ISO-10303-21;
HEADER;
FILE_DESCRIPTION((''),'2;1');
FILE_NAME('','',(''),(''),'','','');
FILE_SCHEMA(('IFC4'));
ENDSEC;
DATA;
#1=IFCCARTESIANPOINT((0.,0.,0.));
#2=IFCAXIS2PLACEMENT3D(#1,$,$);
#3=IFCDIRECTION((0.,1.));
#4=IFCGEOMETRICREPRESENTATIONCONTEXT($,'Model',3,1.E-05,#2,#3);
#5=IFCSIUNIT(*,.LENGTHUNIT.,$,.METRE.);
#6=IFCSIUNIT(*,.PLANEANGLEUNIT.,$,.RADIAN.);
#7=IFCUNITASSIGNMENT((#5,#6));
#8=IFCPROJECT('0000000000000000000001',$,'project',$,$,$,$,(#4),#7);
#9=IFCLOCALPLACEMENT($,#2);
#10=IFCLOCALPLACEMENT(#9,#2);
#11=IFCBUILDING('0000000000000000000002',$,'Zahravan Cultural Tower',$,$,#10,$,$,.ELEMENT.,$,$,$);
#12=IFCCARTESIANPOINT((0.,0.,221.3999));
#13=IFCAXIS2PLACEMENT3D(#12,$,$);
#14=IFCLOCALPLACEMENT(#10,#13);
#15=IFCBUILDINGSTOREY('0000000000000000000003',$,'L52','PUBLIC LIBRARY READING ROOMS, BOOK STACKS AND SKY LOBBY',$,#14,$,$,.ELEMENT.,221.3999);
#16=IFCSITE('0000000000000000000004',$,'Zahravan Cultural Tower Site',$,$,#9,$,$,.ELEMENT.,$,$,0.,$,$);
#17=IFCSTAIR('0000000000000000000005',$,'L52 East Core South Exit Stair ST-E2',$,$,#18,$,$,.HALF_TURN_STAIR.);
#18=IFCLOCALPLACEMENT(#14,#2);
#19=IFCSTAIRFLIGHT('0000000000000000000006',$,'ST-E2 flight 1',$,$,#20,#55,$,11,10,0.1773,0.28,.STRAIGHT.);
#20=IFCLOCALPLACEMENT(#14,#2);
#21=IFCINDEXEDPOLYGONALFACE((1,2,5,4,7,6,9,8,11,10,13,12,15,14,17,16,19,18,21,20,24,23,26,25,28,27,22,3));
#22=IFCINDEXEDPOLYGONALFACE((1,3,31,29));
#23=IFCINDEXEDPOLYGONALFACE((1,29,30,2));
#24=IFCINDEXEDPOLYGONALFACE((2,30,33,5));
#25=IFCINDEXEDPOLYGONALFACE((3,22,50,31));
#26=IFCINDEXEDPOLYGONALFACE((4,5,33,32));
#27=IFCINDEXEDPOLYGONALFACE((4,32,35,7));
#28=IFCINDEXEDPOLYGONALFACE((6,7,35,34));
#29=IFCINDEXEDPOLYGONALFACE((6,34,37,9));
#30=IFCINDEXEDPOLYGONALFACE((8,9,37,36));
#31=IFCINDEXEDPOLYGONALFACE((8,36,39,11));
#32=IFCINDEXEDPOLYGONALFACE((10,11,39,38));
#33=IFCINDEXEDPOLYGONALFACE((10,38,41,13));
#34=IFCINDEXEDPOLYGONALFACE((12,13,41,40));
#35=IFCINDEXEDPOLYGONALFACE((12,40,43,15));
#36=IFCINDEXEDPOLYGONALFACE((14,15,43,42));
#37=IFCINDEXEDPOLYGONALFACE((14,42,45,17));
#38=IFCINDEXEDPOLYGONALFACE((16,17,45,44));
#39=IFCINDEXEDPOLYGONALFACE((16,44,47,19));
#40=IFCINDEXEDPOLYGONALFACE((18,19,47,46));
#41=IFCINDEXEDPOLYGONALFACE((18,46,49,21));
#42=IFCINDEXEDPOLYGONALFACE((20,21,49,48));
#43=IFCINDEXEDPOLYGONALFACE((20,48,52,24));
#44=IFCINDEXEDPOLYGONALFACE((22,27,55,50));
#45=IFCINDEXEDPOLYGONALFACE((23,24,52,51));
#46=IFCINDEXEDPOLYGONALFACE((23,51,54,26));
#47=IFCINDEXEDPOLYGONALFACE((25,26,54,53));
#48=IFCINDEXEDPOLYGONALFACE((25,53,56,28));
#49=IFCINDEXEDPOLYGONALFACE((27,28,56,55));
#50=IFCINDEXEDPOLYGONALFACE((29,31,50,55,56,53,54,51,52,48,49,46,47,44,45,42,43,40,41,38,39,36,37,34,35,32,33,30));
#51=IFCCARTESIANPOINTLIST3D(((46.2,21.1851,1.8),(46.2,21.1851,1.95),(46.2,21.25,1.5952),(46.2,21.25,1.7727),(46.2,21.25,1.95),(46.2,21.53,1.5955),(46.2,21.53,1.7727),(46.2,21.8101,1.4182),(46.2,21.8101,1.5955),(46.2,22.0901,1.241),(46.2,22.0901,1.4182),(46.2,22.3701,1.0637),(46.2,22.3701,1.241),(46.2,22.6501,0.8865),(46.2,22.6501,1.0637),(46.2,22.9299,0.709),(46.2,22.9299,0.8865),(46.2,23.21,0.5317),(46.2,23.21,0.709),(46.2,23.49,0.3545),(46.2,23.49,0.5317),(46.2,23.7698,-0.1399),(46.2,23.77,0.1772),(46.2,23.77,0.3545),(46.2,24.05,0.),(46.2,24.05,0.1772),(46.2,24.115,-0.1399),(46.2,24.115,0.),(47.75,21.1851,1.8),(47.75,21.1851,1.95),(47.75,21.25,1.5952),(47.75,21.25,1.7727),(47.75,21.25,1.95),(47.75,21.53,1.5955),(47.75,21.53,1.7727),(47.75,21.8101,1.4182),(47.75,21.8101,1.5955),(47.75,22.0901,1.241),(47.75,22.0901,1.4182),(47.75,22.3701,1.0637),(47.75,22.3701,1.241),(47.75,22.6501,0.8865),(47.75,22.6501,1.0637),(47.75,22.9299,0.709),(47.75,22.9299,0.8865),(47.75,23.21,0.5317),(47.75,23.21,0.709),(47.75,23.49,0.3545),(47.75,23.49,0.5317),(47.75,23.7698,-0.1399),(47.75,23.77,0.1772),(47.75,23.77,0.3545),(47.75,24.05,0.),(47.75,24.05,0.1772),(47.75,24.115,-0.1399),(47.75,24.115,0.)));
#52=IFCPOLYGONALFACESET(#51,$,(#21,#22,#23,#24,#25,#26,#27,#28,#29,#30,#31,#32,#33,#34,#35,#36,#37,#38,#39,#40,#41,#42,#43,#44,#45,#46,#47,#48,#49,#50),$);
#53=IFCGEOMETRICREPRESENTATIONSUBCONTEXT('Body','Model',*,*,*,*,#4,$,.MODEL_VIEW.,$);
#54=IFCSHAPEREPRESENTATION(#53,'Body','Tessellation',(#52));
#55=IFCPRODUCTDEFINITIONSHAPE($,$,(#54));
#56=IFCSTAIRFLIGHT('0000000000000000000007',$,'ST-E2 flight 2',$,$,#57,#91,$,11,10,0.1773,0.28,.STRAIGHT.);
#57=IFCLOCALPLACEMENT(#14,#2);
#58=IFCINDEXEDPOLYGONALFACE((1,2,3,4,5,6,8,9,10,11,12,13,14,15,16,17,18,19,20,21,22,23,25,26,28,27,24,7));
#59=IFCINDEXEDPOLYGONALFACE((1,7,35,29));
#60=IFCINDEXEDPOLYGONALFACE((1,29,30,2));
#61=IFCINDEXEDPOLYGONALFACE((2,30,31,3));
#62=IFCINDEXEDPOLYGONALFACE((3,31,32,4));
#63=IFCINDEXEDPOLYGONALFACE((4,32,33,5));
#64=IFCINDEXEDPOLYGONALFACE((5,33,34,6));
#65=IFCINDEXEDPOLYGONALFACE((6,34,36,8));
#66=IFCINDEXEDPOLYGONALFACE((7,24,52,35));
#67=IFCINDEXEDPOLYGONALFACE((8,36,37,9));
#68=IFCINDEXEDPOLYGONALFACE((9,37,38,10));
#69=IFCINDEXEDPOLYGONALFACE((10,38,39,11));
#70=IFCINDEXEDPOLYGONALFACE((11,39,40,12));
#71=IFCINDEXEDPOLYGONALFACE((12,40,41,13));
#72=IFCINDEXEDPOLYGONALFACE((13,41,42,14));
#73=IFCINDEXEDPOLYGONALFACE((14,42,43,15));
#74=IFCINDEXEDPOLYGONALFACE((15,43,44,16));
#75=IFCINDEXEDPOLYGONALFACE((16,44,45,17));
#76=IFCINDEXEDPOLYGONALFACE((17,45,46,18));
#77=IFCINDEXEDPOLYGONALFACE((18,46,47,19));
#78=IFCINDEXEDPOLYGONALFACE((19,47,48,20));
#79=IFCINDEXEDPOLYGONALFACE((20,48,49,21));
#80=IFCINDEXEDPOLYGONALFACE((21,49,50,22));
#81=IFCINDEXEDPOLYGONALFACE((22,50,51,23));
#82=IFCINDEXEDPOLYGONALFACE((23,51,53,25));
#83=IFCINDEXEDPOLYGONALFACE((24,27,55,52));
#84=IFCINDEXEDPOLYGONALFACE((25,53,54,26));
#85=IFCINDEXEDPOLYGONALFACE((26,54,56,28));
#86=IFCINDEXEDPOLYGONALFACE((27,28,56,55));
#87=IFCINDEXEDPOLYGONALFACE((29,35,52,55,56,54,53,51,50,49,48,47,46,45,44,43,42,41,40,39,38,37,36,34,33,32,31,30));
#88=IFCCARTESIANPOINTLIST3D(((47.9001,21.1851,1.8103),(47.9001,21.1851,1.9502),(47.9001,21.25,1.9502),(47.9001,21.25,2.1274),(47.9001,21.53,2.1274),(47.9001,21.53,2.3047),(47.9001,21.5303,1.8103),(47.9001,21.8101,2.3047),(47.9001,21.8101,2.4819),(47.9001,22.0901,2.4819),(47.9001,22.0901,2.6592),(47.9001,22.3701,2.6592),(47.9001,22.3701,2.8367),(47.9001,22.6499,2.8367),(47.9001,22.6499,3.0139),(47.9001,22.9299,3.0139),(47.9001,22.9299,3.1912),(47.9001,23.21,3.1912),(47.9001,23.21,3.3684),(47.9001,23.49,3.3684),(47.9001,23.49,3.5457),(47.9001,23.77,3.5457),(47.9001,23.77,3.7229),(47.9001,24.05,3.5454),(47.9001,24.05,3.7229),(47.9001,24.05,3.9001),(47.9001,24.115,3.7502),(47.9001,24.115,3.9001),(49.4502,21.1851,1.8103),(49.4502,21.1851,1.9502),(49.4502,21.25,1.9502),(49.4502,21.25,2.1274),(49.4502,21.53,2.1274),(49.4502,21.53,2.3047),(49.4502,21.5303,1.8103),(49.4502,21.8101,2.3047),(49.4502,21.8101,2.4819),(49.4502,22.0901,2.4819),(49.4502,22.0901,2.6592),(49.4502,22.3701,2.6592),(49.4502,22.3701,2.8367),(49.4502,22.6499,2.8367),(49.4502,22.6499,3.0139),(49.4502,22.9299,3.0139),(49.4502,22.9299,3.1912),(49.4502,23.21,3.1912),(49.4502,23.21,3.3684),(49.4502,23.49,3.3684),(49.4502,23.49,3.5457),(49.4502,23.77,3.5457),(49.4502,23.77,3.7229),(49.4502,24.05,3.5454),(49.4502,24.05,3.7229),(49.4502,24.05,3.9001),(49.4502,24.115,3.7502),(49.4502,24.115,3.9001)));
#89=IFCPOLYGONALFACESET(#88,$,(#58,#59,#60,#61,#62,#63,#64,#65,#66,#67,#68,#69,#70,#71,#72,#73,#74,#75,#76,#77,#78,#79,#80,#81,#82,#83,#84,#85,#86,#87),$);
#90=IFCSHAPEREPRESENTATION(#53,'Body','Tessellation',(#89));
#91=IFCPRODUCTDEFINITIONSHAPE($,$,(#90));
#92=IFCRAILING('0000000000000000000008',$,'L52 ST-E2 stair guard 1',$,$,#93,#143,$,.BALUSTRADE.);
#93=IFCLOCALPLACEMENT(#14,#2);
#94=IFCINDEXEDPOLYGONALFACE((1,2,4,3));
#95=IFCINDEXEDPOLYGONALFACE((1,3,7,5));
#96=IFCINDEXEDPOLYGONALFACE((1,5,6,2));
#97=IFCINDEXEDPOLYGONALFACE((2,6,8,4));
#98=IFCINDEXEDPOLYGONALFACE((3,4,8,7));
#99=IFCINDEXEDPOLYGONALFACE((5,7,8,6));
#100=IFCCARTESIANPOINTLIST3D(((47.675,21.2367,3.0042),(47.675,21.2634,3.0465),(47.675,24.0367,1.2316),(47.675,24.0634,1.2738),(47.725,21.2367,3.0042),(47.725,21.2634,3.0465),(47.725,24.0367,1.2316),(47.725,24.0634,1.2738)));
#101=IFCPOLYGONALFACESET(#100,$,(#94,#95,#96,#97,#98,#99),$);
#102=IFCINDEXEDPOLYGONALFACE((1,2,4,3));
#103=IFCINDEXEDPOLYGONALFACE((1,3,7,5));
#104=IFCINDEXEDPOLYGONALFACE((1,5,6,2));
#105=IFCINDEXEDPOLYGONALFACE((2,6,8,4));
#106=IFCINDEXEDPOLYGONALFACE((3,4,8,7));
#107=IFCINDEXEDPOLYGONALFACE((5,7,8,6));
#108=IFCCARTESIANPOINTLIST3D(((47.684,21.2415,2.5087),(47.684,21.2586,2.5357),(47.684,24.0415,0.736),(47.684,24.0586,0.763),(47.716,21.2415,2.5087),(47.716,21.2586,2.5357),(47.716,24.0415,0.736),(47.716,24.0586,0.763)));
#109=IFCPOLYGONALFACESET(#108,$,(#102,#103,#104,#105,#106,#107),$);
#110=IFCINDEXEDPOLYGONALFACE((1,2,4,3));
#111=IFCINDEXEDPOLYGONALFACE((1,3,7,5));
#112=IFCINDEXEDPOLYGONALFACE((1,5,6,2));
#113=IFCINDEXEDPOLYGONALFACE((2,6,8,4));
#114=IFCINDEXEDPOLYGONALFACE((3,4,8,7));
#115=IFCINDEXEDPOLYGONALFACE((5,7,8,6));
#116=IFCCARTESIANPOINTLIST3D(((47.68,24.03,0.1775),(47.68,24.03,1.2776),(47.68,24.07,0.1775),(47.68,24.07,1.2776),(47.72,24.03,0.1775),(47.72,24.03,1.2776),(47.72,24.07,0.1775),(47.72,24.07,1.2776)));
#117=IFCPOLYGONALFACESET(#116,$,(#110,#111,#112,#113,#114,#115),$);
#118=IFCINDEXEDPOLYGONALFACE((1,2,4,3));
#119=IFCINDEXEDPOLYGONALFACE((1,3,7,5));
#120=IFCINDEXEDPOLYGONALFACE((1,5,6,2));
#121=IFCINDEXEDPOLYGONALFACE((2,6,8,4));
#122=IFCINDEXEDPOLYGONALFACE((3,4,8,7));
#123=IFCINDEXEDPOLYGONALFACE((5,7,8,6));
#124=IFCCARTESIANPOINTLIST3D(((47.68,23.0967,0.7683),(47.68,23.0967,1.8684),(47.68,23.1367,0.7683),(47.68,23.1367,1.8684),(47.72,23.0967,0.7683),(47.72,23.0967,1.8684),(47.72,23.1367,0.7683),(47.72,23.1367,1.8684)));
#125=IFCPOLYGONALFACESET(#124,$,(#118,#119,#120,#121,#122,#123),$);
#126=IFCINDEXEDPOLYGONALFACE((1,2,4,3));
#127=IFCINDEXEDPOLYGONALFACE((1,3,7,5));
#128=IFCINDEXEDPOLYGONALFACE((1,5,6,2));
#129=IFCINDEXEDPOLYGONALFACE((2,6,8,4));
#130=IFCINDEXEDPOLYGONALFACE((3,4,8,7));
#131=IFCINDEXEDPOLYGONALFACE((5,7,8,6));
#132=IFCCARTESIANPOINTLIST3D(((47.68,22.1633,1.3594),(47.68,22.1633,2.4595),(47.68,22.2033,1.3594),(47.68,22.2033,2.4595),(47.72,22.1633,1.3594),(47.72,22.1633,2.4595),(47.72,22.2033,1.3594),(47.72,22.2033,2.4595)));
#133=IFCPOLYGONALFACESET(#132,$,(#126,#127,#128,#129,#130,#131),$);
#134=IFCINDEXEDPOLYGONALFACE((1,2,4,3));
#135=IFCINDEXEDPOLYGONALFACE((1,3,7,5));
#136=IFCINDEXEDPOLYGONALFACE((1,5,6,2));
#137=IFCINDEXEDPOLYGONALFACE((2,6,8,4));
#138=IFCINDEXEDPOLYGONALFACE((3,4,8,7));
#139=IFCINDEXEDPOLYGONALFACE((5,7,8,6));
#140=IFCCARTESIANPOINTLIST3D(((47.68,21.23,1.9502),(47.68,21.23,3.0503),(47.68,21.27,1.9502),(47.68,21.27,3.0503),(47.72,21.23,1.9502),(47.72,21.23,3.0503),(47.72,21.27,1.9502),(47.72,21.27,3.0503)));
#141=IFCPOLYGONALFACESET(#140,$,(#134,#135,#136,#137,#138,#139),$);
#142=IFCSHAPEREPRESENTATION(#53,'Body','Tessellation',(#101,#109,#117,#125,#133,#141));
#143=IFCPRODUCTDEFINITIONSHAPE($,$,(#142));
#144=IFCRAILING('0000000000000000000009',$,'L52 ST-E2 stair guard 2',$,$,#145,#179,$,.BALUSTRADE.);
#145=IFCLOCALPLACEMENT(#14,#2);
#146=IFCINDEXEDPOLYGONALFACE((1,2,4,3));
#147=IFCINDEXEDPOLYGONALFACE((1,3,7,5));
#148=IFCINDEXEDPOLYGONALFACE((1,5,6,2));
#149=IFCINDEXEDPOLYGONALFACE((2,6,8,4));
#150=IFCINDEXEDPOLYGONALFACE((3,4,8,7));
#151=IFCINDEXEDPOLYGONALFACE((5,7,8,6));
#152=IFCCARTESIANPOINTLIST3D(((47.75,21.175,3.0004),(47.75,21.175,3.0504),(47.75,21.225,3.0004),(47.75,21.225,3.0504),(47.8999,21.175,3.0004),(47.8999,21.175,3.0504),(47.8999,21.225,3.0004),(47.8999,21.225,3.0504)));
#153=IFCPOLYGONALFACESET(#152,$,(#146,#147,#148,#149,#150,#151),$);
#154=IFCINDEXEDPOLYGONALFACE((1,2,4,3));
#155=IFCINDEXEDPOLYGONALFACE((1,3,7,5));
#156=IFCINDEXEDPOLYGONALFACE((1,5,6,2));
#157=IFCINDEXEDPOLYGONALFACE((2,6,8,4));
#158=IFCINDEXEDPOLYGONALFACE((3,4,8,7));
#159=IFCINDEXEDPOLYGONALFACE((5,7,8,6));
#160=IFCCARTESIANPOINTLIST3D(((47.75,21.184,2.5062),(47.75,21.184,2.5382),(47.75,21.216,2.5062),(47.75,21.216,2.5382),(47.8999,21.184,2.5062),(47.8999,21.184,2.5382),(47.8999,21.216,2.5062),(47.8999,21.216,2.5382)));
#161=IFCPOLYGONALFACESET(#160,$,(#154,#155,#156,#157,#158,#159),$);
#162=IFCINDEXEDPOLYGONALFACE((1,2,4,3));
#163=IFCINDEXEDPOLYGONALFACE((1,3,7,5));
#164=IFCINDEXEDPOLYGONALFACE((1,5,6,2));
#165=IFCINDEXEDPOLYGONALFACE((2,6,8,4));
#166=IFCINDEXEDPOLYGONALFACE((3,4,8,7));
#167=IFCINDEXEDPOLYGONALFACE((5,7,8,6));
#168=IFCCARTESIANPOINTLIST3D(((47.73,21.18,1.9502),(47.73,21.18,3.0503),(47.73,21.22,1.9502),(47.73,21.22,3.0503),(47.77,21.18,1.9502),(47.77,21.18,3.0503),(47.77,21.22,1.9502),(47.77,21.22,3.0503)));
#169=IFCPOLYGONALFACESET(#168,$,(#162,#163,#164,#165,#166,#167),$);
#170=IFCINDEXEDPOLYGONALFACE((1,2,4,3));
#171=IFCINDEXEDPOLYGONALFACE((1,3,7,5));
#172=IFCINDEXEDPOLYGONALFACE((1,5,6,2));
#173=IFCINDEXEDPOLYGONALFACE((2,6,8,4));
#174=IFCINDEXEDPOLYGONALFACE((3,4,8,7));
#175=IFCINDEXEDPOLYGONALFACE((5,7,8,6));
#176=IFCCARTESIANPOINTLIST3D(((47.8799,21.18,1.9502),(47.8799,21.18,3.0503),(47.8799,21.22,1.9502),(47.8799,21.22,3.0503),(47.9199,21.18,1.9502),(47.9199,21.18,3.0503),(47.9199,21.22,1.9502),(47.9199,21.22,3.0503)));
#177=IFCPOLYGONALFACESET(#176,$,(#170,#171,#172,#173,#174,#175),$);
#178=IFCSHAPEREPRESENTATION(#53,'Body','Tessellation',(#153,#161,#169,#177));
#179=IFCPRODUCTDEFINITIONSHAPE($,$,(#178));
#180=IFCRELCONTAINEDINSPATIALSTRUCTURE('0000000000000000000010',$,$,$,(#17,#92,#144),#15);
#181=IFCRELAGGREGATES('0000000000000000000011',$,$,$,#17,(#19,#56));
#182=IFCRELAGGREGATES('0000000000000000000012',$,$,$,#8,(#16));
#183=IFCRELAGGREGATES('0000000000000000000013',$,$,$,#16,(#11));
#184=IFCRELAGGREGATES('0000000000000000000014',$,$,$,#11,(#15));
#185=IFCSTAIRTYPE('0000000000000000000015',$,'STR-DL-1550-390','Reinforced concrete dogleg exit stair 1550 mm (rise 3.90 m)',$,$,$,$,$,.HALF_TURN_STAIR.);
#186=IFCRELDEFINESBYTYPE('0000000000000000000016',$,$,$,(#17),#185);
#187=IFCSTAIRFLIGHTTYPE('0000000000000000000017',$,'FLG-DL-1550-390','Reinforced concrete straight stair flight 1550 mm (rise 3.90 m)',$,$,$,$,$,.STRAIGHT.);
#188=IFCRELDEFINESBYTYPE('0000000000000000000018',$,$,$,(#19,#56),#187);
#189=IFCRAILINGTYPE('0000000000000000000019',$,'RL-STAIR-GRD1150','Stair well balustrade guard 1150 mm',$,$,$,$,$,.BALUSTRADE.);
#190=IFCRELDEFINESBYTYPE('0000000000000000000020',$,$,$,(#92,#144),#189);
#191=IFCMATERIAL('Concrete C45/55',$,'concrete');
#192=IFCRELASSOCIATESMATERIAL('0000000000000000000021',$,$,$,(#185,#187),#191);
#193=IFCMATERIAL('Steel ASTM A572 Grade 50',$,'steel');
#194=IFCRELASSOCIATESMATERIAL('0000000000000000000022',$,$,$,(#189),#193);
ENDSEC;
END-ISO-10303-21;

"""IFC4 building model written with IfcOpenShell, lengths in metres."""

from ifc_helpers import new_model, si_unit, direction, frame, origin, origin_2d, place, context, subcontext, project, spatial, polyline, rectangle, outline, extrude, material, type_object, element, aggregate, save


model = new_model("IFC4")

# Units and contexts
model_context = context("Model", 3, precision=1e-05, world=origin(), true_north=direction((0.0, 1.0)))
body_context = subcontext(model_context, "Body", "Model", "MODEL_VIEW")
ifc_project = project(units=[si_unit("LENGTHUNIT", "METRE"), si_unit("PLANEANGLEUNIT", "RADIAN")], contexts=[model_context])

# Site, building, storey
site_placement = place(None, origin())
site = spatial("IfcSite", under=ifc_project, at=site_placement, Name="Zahravan Cultural Tower Site", CompositionType="ELEMENT", RefElevation=0.0)
building_placement = place(site_placement, origin())
building = spatial("IfcBuilding", under=site, at=building_placement, Name="Zahravan Cultural Tower", CompositionType="ELEMENT")
storey_placement = place(building_placement, frame((0.0, 0.0, 221.3999)))
storey = spatial("IfcBuildingStorey", under=building, at=storey_placement, Name="L52", Description="PUBLIC LIBRARY READING ROOMS, BOOK STACKS AND SKY LOBBY", CompositionType="ELEMENT", Elevation=221.3999)

# Shared definitions
ifc_material_1 = material(Name="Concrete C45/55", Category="concrete")

# Stair, stair flights
stair_type = type_object("IfcStairType", Name="STR-DL-1550-390", Description="Reinforced concrete dogleg exit stair 1550 mm (rise 3.90 m)", PredefinedType="HALF_TURN_STAIR", material=ifc_material_1)
stair_placement = place(storey_placement, origin())
stair = element("IfcStair", 1, at=stair_placement, inside=storey, type_object=stair_type, Name="L52 East Core South Exit Stair ST-E2", PredefinedType="HALF_TURN_STAIR")
stair_flight_type = type_object("IfcStairFlightType", Name="FLG-DL-1550-390", Description="Reinforced concrete straight stair flight 1550 mm (rise 3.90 m)", PredefinedType="STRAIGHT", material=ifc_material_1)
stair_flight_1_placement = place(storey_placement, frame((46.9751, 24.05, 0.0), z_axis=(0.0, 0.0, 1.0), x_axis=(0.0, -1.0, 0.0)))
stair_flight_1 = element("IfcStairFlight", 2, at=stair_flight_1_placement, type_object=stair_flight_type, Name="ST-E2 flight 1", NumberOfRisers=11, NumberOfTreads=10, PredefinedType="STRAIGHT", RiserHeight=0.1773, TreadLength=0.28, context=body_context, shape_type="SweptSolid", body=[
    extrude(outline(polyline([(-0.0649, -0.1399), (-0.0649, 0.0), (0.0, 0.0), (0.0, 0.1772), (0.28, 0.1772), (0.28, 0.3545), (0.5601, 0.3545), (0.5601, 0.5317), (0.8401, 0.5317), (0.8401, 0.709), (1.1201, 0.709), (1.1201, 0.8865), (1.3999, 0.8865), (1.3999, 1.0637), (1.6799, 1.0637), (1.6799, 1.241), (1.96, 1.241), (1.96, 1.4182), (2.24, 1.4182), (2.24, 1.5955), (2.52, 1.5955), (2.52, 1.7727), (2.8, 1.7727), (2.8, 1.95), (2.865, 1.95), (2.865, 1.8), (2.8, 1.5952), (0.2803, -0.1399), (-0.0649, -0.1399)])), frame((0.0, 0.7749, 0.0), z_axis=(0.0, -1.0, 0.0), x_axis=(1.0, 0.0, 0.0)), (0.0, 0.0, 1.0), 1.55),
])
stair_flight_2_placement = place(storey_placement, frame((48.675, 21.25, 1.9502), z_axis=(0.0, 0.0, 1.0), x_axis=(0.0, 1.0, 0.0)))
stair_flight_2 = element("IfcStairFlight", 3, at=stair_flight_2_placement, type_object=stair_flight_type, Name="ST-E2 flight 2", NumberOfRisers=11, NumberOfTreads=10, PredefinedType="STRAIGHT", RiserHeight=0.1773, TreadLength=0.28, context=body_context, shape_type="SweptSolid", body=[
    extrude(outline(polyline([(-0.0649, -0.1399), (-0.0649, 0.0), (0.0, 0.0), (0.0, 0.1772), (0.28, 0.1772), (0.28, 0.3545), (0.5601, 0.3545), (0.5601, 0.5317), (0.8401, 0.5317), (0.8401, 0.709), (1.1201, 0.709), (1.1201, 0.8865), (1.3999, 0.8865), (1.3999, 1.0637), (1.6799, 1.0637), (1.6799, 1.241), (1.96, 1.241), (1.96, 1.4182), (2.24, 1.4182), (2.24, 1.5955), (2.52, 1.5955), (2.52, 1.7727), (2.8, 1.7727), (2.8, 1.95), (2.865, 1.95), (2.865, 1.8), (2.8, 1.5952), (0.2803, -0.1399), (-0.0649, -0.1399)])), frame((0.0, 0.7749, 0.0), z_axis=(0.0, -1.0, 0.0), x_axis=(1.0, 0.0, 0.0)), (0.0, 0.0, 1.0), 1.55),
])
aggregate(stair, [stair_flight_1, stair_flight_2])

# Railings
ifc_material_2 = material(Name="Steel ASTM A572 Grade 50", Category="steel")
railing_type_1 = type_object("IfcRailingType", Name="RL-STAIR-GRD1150", Description="Stair well balustrade guard 1150 mm", PredefinedType="BALUSTRADE", material=ifc_material_2)
railing_1_placement = place(storey_placement, frame((47.7, 24.05, 0.1775)))
element("IfcRailing", 4, at=railing_1_placement, inside=storey, type_object=railing_type_1, Name="L52 ST-E2 stair guard 1", PredefinedType="BALUSTRADE", context=body_context, shape_type="SweptSolid", body=[
    extrude(rectangle(XDim=0.05, YDim=0.05, at=origin_2d()), frame((0.0, 0.0, 1.0752), z_axis=(0.0, -0.844909, 0.53491), x_axis=(1.0, 0.0, 0.0)), (0.0, 0.0, 1.0), 3.314),
    extrude(rectangle(XDim=0.032, YDim=0.032, at=origin_2d()), frame((0.0, 0.0, 0.572), z_axis=(0.0, -0.844909, 0.53491), x_axis=(1.0, 0.0, 0.0)), (0.0, 0.0, 1.0), 3.314),
    extrude(rectangle(XDim=0.04, YDim=0.04, at=origin_2d()), origin(), (0.0, 0.0, 1.0), 1.1001),
    extrude(rectangle(XDim=0.04, YDim=0.04, at=origin_2d()), frame((0.0, -0.9333, 0.5908)), (0.0, 0.0, 1.0), 1.1001),
    extrude(rectangle(XDim=0.04, YDim=0.04, at=origin_2d()), frame((0.0, -1.8667, 1.1819)), (0.0, 0.0, 1.0), 1.1001),
    extrude(rectangle(XDim=0.04, YDim=0.04, at=origin_2d()), frame((0.0, -2.8, 1.7727)), (0.0, 0.0, 1.0), 1.1001),
])
railing_2_placement = place(storey_placement, frame((47.75, 21.2, 1.9502)))
element("IfcRailing", 5, at=railing_2_placement, inside=storey, type_object=railing_type_1, Name="L52 ST-E2 stair guard 2", PredefinedType="BALUSTRADE", context=body_context, shape_type="SweptSolid", body=[
    extrude(rectangle(XDim=0.05, YDim=0.05, at=origin_2d()), frame((0.0, 0.0, 1.0752), z_axis=(1.0, 0.0, 0.0), x_axis=(0.0, 1.0, 0.0)), (0.0, 0.0, 1.0), 0.1499),
    extrude(rectangle(XDim=0.032, YDim=0.032, at=origin_2d()), frame((0.0, 0.0, 0.572), z_axis=(1.0, 0.0, 0.0), x_axis=(0.0, 1.0, 0.0)), (0.0, 0.0, 1.0), 0.1499),
    extrude(rectangle(XDim=0.04, YDim=0.04, at=origin_2d()), origin(), (0.0, 0.0, 1.0), 1.1001),
    extrude(rectangle(XDim=0.04, YDim=0.04, at=origin_2d()), frame((0.1499, 0.0, 0.0)), (0.0, 0.0, 1.0), 1.1001),
])

save(model, "model.ifc")
